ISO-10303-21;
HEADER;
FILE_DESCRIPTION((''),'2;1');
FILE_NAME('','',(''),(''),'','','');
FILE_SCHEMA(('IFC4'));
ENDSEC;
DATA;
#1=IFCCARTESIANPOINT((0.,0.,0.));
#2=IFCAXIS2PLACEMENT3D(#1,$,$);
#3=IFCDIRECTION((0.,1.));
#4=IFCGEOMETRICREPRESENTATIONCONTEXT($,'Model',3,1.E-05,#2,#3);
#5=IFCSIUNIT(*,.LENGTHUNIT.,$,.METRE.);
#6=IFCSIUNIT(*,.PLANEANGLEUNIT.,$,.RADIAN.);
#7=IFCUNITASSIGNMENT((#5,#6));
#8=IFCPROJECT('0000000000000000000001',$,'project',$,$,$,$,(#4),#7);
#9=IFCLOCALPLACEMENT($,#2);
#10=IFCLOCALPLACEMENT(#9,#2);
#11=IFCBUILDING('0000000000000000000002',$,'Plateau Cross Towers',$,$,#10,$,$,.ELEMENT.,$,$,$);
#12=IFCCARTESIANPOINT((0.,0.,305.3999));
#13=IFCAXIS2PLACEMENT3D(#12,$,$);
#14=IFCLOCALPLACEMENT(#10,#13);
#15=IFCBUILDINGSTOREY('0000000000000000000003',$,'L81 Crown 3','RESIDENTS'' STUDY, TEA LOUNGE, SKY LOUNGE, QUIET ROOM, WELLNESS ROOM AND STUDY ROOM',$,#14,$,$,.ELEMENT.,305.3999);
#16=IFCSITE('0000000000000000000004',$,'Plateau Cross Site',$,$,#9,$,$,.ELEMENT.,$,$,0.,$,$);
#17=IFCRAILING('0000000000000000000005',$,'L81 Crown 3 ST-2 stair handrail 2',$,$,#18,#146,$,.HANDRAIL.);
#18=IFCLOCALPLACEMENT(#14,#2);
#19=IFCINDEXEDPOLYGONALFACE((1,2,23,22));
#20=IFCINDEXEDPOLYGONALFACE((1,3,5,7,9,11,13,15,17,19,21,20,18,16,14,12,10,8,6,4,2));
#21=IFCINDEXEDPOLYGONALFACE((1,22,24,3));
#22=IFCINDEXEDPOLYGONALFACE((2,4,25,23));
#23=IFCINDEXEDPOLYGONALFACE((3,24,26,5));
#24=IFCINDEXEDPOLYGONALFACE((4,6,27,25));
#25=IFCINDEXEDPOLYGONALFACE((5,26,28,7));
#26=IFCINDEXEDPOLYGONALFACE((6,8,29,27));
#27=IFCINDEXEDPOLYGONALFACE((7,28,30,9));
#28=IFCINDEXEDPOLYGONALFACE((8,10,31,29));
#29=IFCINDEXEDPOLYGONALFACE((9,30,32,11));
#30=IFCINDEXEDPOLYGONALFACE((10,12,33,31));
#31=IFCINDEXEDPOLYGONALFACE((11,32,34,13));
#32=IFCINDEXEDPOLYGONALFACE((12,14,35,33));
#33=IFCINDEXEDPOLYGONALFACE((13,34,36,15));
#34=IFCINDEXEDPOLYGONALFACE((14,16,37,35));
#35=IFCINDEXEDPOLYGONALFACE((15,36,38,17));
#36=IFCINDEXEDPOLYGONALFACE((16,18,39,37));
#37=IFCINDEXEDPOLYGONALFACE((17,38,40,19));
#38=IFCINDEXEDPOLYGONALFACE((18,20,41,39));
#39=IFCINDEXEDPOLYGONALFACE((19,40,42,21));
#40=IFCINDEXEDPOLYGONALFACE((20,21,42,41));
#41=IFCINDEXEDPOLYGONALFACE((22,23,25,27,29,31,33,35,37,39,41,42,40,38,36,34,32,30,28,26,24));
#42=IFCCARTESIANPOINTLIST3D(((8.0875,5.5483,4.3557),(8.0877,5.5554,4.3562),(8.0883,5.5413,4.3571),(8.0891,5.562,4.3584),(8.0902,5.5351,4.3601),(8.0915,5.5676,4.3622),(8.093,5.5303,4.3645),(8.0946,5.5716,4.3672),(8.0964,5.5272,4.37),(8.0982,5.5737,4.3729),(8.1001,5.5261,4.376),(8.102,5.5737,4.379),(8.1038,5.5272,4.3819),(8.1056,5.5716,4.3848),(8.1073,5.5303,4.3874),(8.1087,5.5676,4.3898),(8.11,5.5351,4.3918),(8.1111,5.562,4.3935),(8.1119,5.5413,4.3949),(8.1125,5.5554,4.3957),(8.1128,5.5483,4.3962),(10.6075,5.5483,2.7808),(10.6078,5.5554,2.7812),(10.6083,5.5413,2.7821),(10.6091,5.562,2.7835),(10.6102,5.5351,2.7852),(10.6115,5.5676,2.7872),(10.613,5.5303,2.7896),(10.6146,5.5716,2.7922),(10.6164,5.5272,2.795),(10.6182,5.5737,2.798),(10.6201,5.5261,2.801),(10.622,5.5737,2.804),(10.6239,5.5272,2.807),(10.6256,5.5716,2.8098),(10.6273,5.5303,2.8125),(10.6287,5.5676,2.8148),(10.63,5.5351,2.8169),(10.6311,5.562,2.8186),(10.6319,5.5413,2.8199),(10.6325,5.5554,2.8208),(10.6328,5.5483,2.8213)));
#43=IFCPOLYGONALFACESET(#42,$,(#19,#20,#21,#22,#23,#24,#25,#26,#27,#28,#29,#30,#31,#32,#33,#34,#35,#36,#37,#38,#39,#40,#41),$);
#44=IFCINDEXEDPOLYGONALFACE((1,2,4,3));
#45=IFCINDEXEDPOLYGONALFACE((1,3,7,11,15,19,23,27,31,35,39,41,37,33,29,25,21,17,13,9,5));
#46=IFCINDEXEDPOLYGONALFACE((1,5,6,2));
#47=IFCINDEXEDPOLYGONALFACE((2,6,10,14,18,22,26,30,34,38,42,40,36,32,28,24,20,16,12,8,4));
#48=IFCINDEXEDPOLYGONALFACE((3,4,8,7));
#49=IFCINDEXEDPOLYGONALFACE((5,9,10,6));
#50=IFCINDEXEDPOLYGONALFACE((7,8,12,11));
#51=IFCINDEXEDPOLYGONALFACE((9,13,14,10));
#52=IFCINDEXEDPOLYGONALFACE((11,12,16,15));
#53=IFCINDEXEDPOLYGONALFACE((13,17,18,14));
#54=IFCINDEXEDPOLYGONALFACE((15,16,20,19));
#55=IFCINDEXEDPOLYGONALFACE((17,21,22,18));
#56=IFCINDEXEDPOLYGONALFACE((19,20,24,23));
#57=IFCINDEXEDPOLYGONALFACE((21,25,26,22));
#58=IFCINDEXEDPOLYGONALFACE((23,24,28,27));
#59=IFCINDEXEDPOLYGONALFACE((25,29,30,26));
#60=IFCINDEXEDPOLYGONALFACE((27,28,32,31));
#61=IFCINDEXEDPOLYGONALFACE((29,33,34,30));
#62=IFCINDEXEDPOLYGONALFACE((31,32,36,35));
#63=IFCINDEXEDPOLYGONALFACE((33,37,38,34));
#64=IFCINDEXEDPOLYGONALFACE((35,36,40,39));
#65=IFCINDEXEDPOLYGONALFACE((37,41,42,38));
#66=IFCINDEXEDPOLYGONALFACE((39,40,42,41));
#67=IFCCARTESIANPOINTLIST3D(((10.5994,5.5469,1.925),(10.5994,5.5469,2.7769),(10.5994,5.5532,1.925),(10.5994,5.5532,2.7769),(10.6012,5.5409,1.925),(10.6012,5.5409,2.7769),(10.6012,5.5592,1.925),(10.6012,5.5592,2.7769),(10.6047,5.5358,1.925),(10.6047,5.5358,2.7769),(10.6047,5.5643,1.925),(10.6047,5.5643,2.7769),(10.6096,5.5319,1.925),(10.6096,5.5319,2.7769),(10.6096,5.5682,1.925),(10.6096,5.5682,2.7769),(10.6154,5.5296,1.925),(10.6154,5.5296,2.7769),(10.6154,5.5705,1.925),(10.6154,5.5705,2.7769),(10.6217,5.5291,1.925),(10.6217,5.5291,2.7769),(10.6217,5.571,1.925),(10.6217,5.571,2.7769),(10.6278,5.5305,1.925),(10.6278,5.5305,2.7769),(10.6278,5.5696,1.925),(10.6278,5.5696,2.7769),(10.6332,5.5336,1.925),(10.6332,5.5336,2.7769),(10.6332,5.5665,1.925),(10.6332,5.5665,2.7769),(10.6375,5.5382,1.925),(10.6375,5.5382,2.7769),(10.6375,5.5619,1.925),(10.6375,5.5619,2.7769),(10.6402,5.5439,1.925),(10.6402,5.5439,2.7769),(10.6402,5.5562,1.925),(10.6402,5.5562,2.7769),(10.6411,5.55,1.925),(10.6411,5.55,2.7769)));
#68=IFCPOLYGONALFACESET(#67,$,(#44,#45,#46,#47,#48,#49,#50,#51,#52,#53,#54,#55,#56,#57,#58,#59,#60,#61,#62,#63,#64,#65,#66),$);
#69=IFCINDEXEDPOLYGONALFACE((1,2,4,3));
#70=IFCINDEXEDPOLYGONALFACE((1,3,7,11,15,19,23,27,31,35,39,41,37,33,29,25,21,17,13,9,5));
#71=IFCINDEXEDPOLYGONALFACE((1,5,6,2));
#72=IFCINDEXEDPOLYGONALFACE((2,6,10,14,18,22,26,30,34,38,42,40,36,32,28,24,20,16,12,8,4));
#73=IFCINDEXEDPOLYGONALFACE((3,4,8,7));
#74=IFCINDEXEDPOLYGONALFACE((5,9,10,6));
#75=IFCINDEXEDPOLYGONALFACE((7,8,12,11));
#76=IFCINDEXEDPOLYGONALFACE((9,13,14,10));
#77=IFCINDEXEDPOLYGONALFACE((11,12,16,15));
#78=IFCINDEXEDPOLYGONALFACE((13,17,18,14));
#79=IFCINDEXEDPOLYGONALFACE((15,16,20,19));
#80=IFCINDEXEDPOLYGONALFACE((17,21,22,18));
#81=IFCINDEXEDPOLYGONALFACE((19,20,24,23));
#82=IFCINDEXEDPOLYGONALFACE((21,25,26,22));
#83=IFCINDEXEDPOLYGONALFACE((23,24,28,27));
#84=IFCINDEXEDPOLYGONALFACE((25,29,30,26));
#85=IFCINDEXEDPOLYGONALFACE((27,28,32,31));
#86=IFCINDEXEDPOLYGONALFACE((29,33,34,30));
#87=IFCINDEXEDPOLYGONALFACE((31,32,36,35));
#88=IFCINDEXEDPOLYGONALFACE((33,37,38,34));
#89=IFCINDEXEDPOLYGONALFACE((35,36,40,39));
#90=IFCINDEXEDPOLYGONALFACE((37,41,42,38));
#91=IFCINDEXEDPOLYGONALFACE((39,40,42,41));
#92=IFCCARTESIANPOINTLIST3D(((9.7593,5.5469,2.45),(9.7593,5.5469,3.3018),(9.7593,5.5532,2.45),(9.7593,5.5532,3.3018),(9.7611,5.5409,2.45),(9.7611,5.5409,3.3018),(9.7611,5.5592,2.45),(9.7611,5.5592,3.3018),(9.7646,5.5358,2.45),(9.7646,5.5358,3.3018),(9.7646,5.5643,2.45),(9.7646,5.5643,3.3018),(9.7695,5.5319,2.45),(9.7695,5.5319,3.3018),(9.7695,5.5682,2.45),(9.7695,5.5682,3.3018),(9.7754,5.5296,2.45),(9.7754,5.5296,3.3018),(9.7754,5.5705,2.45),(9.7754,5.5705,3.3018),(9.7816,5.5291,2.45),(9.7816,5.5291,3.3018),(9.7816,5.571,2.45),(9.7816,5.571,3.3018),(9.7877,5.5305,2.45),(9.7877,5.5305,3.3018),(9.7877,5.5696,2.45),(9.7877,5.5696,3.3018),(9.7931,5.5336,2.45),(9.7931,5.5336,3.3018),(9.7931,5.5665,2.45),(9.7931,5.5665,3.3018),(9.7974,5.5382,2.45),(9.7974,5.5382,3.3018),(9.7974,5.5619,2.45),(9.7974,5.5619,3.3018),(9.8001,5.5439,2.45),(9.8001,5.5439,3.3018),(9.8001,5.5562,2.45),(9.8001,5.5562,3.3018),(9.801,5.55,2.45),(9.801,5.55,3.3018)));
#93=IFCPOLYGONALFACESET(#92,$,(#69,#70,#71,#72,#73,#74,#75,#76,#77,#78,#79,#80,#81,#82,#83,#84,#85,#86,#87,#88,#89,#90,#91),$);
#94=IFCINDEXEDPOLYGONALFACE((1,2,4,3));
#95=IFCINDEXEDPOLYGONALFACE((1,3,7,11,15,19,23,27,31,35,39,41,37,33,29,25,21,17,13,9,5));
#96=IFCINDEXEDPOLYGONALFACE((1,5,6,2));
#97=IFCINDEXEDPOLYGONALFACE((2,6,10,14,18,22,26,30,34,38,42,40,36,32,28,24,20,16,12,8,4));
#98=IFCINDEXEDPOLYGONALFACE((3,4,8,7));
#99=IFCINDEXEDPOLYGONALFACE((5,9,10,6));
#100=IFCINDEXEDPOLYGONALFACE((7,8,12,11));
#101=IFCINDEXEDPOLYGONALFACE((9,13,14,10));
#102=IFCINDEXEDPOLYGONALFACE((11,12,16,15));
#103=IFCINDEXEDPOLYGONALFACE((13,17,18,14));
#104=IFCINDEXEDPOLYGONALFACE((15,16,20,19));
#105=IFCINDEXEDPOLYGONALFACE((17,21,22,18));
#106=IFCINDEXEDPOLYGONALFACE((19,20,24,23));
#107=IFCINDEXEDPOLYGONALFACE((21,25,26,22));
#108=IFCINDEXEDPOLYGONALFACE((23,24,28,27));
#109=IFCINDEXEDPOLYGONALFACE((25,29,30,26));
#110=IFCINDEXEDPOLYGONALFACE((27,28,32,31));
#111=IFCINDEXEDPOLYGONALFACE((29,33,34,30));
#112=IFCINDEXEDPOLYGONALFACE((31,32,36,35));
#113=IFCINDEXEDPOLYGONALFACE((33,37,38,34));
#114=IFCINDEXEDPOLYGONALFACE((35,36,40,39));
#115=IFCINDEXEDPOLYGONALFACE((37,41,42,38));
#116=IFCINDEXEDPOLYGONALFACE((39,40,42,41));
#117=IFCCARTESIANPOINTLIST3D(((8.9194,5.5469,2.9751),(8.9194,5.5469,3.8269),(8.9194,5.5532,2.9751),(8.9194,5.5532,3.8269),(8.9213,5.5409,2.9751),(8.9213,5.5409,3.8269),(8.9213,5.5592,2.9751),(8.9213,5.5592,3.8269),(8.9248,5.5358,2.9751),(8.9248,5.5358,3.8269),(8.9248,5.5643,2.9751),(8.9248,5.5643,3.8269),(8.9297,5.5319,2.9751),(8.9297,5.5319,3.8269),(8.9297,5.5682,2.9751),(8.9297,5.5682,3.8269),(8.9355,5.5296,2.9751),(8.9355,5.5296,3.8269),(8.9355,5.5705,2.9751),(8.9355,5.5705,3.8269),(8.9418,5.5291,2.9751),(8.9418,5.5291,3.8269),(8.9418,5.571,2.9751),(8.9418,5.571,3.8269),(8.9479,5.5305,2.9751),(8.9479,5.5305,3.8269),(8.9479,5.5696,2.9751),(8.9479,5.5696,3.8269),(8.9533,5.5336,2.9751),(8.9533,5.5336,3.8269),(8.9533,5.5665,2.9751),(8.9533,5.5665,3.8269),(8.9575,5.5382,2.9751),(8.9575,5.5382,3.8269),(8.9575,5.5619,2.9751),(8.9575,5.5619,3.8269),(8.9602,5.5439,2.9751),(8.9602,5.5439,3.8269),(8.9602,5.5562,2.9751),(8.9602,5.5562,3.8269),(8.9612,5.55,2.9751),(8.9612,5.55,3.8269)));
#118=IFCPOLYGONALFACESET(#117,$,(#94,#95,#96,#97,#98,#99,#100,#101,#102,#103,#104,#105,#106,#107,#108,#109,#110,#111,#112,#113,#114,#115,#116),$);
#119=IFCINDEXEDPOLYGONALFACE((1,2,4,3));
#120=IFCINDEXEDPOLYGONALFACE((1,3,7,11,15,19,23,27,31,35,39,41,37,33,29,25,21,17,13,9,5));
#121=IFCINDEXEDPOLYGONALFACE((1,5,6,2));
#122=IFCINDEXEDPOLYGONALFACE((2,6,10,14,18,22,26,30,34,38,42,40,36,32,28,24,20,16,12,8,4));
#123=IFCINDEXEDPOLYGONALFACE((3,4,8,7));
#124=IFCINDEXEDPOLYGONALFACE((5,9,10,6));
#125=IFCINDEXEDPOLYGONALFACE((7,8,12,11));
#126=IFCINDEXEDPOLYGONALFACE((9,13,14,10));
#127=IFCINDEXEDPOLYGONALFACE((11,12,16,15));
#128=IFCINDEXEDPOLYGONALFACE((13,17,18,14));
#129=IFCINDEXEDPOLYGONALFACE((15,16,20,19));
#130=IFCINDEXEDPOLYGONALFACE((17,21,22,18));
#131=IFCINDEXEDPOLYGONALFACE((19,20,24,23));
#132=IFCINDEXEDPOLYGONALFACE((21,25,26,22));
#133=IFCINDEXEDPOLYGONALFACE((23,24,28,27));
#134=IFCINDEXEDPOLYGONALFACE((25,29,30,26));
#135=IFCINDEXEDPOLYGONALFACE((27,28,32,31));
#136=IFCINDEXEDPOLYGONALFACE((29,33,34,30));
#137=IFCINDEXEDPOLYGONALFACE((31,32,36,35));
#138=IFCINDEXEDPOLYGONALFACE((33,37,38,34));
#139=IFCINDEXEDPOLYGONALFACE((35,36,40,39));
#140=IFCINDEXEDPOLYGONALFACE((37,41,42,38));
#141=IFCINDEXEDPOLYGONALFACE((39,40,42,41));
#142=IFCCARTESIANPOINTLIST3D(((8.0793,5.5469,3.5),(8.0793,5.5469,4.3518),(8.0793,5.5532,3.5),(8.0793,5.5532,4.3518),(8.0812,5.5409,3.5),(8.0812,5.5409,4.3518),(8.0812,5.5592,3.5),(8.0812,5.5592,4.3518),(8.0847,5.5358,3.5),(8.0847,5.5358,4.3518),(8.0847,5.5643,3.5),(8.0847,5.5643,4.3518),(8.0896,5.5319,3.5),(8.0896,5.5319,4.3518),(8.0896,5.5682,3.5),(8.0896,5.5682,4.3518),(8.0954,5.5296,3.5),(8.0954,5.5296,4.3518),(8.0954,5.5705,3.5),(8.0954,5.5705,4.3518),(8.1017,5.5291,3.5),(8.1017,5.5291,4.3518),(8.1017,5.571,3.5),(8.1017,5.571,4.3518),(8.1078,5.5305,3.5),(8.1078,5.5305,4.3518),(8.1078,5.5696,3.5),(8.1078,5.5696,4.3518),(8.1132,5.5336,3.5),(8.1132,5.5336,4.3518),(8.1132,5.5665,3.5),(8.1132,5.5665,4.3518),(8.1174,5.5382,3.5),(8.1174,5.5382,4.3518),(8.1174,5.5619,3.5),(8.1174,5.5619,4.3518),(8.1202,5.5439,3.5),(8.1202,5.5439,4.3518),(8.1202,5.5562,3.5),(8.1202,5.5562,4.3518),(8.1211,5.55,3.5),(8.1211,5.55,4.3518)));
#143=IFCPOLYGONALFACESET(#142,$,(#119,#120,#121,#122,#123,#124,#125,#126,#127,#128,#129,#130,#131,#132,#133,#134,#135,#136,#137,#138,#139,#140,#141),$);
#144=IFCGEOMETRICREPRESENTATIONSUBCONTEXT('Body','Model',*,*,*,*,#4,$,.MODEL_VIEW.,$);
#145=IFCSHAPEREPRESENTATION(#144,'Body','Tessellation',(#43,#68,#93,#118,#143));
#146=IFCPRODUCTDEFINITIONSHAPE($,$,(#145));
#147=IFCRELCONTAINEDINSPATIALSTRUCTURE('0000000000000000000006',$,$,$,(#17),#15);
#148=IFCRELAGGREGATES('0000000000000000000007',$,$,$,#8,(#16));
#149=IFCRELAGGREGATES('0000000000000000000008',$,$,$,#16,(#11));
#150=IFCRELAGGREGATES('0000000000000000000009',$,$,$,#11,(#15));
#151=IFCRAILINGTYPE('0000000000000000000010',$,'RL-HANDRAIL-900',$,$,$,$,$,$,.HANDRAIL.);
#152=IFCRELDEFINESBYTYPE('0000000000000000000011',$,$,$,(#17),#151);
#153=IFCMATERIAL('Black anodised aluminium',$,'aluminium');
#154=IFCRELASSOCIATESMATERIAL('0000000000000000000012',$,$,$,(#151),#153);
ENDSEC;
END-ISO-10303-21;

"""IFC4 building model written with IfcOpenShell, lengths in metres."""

from ifc_helpers import new_model, si_unit, direction, frame, origin, origin_2d, place, context, subcontext, project, spatial, circle, extrude, material, type_object, element, save


model = new_model("IFC4")

# Units and contexts
model_context = context("Model", 3, precision=1e-05, world=origin(), true_north=direction((0.0, 1.0)))
body_context = subcontext(model_context, "Body", "Model", "MODEL_VIEW")
ifc_project = project(units=[si_unit("LENGTHUNIT", "METRE"), si_unit("PLANEANGLEUNIT", "RADIAN")], contexts=[model_context])

# Site, building, storey
site_placement = place(None, origin())
site = spatial("IfcSite", under=ifc_project, at=site_placement, Name="Plateau Cross Site", CompositionType="ELEMENT", RefElevation=0.0)
building_placement = place(site_placement, origin())
building = spatial("IfcBuilding", under=site, at=building_placement, Name="Plateau Cross Towers", CompositionType="ELEMENT")
storey_placement = place(building_placement, frame((0.0, 0.0, 305.3999)))
storey = spatial("IfcBuildingStorey", under=building, at=storey_placement, Name="L81 Crown 3", Description="RESIDENTS' STUDY, TEA LOUNGE, SKY LOUNGE, QUIET ROOM, WELLNESS ROOM AND STUDY ROOM", CompositionType="ELEMENT", Elevation=305.3999)

# Shared definitions
ifc_material_1 = material(Name="Black anodised aluminium", Category="aluminium")

# Railing
railing_type_1 = type_object("IfcRailingType", Name="RL-HANDRAIL-900", PredefinedType="HANDRAIL", material=ifc_material_1)
railing_1_placement = place(storey_placement, frame((10.6201, 5.55, 1.925)))
element("IfcRailing", 1, at=railing_1_placement, inside=storey, type_object=railing_type_1, Name="L81 Crown 3 ST-2 stair handrail 2", PredefinedType="HANDRAIL", context=body_context, shape_type="SweptSolid", body=[
    extrude(circle(Radius=0.0239, at=origin_2d()), frame((0.0, 0.0, 0.876), z_axis=(-0.848008, 0.0, 0.529984), x_axis=(0.0, -1.0, 0.0)), (0.0, 0.0, 1.0), 2.9717),
    extrude(circle(Radius=0.021, at=origin_2d()), origin(), (0.0, 0.0, 1.0), 0.8518),
    extrude(circle(Radius=0.021, at=origin_2d()), frame((-0.8401, 0.0, 0.5249)), (0.0, 0.0, 1.0), 0.8518),
    extrude(circle(Radius=0.021, at=origin_2d()), frame((-1.6799, 0.0, 1.05)), (0.0, 0.0, 1.0), 0.8518),
    extrude(circle(Radius=0.021, at=origin_2d()), frame((-2.52, 0.0, 1.575)), (0.0, 0.0, 1.0), 0.8518),
])

save(model, "model.ifc")
